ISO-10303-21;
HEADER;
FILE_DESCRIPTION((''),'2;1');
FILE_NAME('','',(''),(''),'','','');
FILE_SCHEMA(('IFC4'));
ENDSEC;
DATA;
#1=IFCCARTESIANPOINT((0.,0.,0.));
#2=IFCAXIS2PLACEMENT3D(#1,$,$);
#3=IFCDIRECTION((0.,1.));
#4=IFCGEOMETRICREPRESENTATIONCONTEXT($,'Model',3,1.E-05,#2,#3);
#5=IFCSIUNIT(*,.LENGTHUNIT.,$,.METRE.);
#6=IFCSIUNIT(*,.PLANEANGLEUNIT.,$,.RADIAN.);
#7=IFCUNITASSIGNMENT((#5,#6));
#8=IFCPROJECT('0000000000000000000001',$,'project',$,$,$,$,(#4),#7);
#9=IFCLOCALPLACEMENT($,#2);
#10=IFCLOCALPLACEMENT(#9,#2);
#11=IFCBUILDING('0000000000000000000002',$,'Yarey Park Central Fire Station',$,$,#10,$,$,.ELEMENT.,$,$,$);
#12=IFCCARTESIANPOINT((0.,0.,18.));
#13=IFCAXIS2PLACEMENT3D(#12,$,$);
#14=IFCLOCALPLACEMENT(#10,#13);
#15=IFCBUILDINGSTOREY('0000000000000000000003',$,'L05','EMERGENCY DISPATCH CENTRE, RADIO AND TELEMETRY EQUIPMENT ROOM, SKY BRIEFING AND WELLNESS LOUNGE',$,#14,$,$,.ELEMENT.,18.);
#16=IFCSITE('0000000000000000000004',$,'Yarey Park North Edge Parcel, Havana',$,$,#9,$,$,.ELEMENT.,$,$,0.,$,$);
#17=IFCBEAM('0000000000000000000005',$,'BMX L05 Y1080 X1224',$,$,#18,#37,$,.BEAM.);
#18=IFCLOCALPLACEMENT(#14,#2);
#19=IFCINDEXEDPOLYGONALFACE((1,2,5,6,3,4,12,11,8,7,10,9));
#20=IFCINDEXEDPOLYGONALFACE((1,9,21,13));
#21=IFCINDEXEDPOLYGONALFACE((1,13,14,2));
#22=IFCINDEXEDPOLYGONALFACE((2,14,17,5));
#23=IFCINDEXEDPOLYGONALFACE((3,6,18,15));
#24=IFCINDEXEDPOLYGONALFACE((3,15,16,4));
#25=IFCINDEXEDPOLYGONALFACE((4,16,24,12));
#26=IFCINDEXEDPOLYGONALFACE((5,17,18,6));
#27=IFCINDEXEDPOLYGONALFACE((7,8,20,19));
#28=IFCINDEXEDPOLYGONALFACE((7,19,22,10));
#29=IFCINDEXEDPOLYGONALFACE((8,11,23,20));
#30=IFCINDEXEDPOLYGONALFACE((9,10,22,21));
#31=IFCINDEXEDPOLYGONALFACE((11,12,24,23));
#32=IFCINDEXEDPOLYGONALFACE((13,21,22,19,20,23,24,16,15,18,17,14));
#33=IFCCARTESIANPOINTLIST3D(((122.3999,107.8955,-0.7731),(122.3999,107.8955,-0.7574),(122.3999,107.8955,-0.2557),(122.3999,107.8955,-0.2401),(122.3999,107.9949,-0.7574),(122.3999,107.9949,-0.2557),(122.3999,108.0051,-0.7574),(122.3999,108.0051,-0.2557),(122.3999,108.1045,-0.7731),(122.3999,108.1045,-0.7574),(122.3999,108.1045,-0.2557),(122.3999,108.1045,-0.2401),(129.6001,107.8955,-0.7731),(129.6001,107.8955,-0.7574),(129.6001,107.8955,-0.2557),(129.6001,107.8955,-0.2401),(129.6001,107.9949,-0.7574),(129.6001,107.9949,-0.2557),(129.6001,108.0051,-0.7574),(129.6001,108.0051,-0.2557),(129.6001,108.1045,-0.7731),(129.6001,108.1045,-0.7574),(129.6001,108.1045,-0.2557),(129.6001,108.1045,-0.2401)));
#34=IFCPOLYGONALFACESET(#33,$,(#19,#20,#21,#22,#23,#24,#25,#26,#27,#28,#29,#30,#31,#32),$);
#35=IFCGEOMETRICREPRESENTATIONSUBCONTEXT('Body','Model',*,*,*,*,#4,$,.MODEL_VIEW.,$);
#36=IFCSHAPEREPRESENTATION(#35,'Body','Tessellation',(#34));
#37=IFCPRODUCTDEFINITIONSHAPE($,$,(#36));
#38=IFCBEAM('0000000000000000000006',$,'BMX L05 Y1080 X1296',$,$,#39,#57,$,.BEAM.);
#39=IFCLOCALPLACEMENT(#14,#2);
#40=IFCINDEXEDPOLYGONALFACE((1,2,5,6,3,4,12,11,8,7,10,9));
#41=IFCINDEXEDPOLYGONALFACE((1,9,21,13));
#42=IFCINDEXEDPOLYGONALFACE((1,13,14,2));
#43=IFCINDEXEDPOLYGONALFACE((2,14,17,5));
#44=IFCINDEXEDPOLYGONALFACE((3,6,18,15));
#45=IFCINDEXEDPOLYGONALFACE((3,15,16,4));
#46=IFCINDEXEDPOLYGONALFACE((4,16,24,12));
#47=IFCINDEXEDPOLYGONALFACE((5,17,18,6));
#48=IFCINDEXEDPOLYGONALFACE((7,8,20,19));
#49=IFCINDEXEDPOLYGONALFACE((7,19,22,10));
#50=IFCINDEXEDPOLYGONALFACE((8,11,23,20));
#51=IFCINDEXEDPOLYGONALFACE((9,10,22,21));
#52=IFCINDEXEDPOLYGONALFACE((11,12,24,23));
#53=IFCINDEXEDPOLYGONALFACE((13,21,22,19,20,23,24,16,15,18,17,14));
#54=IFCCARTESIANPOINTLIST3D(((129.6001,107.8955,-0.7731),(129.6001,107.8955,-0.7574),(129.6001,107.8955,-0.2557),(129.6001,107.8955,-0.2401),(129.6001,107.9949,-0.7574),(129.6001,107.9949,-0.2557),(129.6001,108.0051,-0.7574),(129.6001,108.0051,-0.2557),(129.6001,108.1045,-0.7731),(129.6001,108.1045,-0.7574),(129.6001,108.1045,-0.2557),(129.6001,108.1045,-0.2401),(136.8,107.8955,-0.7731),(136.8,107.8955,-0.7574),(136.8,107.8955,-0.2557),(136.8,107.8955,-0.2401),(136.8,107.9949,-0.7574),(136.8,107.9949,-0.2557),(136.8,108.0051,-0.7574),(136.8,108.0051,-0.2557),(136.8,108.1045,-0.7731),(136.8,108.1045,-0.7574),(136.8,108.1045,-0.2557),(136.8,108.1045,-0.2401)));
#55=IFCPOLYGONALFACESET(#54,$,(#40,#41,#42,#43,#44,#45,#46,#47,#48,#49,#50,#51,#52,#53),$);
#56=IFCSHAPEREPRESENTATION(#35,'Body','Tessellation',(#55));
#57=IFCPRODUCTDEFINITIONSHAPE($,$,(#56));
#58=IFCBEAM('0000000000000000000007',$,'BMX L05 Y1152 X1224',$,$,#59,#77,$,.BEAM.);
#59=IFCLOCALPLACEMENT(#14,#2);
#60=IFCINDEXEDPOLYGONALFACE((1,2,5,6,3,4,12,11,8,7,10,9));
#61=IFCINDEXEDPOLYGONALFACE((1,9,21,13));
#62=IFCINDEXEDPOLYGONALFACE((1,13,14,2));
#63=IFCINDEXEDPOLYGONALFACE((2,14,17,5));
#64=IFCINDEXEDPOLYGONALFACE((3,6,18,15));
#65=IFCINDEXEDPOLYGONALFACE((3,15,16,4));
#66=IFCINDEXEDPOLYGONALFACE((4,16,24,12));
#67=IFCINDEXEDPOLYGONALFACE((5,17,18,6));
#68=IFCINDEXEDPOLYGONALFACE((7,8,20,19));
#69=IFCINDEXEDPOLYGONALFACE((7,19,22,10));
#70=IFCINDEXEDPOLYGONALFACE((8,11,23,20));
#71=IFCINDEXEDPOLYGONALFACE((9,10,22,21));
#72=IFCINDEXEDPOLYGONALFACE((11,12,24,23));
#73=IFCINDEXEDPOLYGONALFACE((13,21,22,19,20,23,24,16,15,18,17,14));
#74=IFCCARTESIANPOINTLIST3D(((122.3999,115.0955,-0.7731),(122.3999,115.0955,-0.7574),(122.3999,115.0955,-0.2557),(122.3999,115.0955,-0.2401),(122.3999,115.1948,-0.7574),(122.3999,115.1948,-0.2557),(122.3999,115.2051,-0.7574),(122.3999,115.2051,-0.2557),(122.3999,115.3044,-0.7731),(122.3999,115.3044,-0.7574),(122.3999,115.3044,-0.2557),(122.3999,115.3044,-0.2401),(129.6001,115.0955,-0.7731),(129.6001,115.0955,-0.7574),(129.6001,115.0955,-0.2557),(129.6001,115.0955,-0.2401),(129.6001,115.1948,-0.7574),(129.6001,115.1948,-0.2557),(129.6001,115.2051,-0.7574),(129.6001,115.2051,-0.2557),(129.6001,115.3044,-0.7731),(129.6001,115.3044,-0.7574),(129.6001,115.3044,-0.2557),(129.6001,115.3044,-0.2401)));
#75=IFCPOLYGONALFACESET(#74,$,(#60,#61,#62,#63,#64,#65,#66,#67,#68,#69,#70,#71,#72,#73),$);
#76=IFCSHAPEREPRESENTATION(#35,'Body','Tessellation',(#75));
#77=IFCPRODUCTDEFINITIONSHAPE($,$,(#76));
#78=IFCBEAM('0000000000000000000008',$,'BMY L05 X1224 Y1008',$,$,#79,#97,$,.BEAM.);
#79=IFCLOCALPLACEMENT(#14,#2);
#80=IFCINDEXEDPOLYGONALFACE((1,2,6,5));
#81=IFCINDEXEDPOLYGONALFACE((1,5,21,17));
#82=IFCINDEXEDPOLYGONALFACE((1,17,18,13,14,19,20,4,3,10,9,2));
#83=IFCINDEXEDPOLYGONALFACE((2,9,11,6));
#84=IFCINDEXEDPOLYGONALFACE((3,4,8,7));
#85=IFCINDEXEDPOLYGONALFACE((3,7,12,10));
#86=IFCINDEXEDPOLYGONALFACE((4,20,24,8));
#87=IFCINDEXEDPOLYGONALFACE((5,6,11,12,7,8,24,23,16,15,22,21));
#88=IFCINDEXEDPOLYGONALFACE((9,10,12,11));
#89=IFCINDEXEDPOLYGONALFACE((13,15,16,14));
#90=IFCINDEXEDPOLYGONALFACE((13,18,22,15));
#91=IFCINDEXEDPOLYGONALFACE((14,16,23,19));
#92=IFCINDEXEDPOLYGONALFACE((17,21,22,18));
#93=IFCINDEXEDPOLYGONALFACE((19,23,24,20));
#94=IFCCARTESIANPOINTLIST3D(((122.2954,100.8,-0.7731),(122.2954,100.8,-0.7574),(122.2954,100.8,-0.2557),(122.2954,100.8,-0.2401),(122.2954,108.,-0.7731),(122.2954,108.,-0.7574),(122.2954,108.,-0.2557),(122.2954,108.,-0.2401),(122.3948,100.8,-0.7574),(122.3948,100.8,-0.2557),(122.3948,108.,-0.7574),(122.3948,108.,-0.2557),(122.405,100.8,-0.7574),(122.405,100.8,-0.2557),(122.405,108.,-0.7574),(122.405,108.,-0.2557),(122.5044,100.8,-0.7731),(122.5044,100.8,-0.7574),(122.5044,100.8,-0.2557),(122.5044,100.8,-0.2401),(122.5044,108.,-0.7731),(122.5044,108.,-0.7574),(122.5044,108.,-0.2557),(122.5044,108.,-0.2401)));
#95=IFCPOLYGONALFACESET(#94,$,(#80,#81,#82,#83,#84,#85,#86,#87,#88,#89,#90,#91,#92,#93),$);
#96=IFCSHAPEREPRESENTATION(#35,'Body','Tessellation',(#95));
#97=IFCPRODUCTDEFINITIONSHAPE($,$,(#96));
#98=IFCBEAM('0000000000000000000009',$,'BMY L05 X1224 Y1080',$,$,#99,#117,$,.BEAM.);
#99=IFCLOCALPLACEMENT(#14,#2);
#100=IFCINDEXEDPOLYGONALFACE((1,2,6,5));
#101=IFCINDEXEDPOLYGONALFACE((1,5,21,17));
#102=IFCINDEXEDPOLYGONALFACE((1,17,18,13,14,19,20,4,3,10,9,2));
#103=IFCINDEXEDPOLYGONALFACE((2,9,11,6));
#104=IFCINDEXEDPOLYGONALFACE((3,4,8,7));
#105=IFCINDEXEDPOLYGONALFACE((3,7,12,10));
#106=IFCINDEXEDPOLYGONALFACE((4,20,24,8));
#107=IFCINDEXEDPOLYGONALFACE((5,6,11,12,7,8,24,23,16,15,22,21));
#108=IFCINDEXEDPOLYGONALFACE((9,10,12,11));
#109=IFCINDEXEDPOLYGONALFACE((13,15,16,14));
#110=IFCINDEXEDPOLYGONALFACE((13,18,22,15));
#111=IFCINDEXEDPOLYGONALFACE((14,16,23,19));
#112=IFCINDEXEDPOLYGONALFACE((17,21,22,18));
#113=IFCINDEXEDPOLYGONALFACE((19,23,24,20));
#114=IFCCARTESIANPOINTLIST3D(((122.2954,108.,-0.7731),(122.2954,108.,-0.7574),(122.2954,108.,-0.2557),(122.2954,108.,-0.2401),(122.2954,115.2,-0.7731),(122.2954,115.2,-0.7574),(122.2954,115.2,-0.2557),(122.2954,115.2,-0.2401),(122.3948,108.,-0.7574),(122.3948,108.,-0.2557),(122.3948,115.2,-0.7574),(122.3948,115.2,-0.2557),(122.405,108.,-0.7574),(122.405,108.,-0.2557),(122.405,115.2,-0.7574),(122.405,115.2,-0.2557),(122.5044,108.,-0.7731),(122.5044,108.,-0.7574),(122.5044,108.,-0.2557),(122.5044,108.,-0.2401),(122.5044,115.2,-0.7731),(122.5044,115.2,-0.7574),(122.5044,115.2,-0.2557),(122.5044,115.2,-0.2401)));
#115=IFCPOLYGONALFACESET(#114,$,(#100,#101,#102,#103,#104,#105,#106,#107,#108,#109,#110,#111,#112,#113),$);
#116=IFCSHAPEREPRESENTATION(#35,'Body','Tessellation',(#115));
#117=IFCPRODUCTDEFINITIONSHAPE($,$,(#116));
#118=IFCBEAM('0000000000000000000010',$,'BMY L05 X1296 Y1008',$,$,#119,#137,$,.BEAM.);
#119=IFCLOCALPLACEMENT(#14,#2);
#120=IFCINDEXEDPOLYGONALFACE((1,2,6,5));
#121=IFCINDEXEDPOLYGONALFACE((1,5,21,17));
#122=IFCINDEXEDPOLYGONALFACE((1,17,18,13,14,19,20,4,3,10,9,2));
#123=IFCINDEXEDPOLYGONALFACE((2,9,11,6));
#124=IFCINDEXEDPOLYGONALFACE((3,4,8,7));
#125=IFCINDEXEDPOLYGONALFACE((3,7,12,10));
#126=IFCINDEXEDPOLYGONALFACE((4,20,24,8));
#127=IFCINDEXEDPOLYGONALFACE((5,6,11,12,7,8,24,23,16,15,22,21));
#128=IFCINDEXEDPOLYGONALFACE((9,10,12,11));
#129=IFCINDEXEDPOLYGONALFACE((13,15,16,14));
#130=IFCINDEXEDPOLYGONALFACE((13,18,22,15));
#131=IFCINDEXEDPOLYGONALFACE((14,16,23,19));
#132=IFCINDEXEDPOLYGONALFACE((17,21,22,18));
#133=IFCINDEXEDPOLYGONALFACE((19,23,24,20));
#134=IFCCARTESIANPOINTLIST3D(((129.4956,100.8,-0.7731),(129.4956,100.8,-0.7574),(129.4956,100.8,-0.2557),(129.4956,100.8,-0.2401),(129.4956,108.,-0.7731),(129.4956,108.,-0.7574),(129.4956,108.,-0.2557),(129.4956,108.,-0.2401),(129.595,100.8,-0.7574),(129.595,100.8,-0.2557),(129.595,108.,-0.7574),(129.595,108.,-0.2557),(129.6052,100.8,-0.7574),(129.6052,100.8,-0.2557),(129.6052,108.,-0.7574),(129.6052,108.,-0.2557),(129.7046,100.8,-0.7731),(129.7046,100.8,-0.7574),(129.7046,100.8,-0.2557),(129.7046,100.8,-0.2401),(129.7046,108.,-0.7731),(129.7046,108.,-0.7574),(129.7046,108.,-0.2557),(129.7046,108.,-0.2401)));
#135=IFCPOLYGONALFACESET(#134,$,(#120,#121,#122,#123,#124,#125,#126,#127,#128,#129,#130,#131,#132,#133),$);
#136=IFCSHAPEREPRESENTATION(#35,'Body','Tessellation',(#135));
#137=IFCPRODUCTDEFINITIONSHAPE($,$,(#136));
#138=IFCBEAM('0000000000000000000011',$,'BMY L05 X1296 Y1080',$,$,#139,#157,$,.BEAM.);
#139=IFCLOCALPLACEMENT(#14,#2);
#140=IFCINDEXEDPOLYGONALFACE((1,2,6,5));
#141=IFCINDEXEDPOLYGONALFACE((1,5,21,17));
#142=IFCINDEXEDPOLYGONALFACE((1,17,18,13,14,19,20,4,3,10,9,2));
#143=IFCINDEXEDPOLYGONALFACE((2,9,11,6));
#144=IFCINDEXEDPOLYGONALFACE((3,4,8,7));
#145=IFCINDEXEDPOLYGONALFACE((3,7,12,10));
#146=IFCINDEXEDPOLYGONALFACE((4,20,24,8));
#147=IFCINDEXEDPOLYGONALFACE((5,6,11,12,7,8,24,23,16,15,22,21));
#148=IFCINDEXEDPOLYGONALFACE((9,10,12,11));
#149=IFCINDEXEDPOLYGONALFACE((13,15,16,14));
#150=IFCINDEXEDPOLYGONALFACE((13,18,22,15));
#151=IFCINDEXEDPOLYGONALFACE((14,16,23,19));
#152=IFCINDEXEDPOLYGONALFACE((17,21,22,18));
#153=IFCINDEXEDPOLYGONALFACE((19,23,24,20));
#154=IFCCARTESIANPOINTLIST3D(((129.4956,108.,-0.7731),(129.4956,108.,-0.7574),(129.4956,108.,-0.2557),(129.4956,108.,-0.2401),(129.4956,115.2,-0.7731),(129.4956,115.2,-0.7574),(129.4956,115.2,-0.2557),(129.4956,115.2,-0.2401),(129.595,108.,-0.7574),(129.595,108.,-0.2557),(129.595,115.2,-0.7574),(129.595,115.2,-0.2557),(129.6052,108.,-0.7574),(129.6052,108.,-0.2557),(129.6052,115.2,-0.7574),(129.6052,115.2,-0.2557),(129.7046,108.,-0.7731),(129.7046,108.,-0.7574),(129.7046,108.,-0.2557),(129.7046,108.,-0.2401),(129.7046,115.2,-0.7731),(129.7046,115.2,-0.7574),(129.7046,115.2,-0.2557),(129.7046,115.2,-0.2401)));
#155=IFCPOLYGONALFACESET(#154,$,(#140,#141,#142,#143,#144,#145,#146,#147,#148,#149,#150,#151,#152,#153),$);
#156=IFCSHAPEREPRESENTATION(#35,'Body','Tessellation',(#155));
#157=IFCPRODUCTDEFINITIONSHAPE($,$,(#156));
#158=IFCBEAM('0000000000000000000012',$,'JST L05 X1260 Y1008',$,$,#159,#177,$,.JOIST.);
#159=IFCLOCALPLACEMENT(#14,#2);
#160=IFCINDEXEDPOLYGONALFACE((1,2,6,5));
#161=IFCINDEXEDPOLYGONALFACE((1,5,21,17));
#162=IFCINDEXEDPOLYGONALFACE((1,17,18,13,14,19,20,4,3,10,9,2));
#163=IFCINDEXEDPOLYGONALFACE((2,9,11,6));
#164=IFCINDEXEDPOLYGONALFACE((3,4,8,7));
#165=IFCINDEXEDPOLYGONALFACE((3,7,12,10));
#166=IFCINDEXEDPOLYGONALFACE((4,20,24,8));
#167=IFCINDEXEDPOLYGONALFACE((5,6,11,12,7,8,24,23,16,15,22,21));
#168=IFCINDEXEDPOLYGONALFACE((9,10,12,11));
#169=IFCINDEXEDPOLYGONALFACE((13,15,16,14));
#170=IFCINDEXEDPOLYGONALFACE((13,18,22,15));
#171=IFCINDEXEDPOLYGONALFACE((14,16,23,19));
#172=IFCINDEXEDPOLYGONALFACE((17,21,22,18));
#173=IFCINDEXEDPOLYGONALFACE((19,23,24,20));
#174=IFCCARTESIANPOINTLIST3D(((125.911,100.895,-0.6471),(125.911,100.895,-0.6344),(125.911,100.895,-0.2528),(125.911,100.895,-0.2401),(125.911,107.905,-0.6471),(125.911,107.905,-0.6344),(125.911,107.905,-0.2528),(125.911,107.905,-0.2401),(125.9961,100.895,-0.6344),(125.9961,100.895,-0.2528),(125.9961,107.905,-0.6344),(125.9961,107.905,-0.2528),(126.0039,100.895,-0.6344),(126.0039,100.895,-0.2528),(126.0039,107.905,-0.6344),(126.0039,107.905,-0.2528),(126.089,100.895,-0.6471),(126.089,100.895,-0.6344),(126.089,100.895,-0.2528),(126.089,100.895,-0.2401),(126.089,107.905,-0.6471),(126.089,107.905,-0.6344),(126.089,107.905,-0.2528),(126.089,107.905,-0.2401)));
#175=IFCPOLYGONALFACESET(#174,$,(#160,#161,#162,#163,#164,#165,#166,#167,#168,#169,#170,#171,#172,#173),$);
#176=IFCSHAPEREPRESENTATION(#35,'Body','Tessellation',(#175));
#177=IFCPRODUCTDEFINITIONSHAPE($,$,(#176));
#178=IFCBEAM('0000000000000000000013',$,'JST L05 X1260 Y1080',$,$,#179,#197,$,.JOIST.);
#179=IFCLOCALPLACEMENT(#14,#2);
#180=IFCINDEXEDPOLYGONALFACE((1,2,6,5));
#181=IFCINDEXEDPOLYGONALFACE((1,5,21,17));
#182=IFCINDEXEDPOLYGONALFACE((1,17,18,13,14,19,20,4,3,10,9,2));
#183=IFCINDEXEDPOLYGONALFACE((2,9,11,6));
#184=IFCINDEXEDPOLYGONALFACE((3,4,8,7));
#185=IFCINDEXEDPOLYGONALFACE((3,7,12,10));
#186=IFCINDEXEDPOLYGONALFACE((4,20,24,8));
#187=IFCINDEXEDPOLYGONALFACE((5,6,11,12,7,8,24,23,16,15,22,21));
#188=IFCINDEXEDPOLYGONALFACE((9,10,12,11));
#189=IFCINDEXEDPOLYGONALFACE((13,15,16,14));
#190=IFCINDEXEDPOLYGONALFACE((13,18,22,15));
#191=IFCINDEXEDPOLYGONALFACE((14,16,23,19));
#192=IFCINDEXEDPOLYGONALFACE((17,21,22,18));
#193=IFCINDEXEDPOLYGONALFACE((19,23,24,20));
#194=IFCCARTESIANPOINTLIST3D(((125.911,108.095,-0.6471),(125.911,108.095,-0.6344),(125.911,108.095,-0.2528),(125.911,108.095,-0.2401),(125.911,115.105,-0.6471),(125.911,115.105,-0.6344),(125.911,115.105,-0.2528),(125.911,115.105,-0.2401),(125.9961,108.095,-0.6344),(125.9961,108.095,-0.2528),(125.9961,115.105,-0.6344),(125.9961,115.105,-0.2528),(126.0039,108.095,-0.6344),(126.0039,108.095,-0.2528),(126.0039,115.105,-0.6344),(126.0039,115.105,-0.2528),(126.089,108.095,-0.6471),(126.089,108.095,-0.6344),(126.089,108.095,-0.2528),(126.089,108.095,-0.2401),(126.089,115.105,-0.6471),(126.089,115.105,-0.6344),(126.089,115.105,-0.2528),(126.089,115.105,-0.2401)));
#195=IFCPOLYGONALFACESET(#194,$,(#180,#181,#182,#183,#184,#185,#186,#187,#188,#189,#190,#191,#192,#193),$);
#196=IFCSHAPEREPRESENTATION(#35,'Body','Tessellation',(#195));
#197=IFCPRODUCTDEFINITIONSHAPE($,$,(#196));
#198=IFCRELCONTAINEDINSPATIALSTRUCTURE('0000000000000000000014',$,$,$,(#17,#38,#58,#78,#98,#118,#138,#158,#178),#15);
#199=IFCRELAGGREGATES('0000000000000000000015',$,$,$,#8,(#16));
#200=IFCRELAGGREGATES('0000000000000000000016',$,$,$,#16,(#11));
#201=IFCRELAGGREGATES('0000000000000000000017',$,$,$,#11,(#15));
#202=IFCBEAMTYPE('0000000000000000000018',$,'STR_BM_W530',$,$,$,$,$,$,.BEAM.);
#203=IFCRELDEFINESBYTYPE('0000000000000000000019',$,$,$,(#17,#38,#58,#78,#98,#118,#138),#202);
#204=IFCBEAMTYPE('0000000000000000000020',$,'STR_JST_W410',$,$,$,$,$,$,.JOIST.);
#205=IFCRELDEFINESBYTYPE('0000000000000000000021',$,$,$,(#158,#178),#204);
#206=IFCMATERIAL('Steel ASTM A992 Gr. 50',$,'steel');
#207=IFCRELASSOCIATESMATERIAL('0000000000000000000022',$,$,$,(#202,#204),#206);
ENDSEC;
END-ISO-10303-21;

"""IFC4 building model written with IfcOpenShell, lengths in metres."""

from ifc_helpers import new_model, si_unit, direction, frame, origin, origin_2d, place, context, subcontext, project, spatial, i_section, extrude, material, material_profile, profile_set, type_object, element, save


model = new_model("IFC4")

# Units and contexts
model_context = context("Model", 3, precision=1e-05, world=origin(), true_north=direction((0.0, 1.0)))
body_context = subcontext(model_context, "Body", "Model", "MODEL_VIEW")
ifc_project = project(units=[si_unit("LENGTHUNIT", "METRE"), si_unit("PLANEANGLEUNIT", "RADIAN")], contexts=[model_context])

# Site, building, storey
site_placement = place(None, origin())
site = spatial("IfcSite", under=ifc_project, at=site_placement, Name="Yarey Park North Edge Parcel, Havana", CompositionType="ELEMENT", RefElevation=0.0)
building_placement = place(site_placement, origin())
building = spatial("IfcBuilding", under=site, at=building_placement, Name="Yarey Park Central Fire Station", CompositionType="ELEMENT")
storey_placement = place(building_placement, frame((0.0, 0.0, 18.0)))
storey = spatial("IfcBuildingStorey", under=building, at=storey_placement, Name="L05", Description="EMERGENCY DISPATCH CENTRE, RADIO AND TELEMETRY EQUIPMENT ROOM, SKY BRIEFING AND WELLNESS LOUNGE", CompositionType="ELEMENT", Elevation=18.0)

# Beams
ifc_material_1 = material(Name="Steel ASTM A992 Gr. 50", Category="steel")
ifc_material_profile_1 = material_profile(ifc_material_1, i_section(OverallWidth=0.209, OverallDepth=0.533, WebThickness=0.0103, FlangeThickness=0.0156, at=origin_2d()), Name="W530x92")
ifc_profile_set_1 = profile_set([ifc_material_profile_1], Name="Steel ASTM A992 Gr. 50")
beam_type_1 = type_object("IfcBeamType", Name="STR_BM_W530", PredefinedType="BEAM", material=ifc_profile_set_1)
beam_1_placement = place(storey_placement, frame((122.3999, 108.0, -0.5066), z_axis=(1.0, 0.0, 0.0), x_axis=(0.0, 1.0, 0.0)))
element("IfcBeam", 1, at=beam_1_placement, inside=storey, type_object=beam_type_1, Name="BMX L05 Y1080 X1224", PredefinedType="BEAM", context=body_context, shape_type="SweptSolid", body=[
    extrude(i_section(OverallWidth=0.209, OverallDepth=0.533, WebThickness=0.0103, FlangeThickness=0.0156, at=origin_2d()), origin(), (0.0, 0.0, 1.0), 7.2002),
])
beam_2_placement = place(storey_placement, frame((129.6001, 108.0, -0.5066), z_axis=(1.0, 0.0, 0.0), x_axis=(0.0, 1.0, 0.0)))
element("IfcBeam", 2, at=beam_2_placement, inside=storey, type_object=beam_type_1, Name="BMX L05 Y1080 X1296", PredefinedType="BEAM", context=body_context, shape_type="SweptSolid", body=[
    extrude(i_section(OverallWidth=0.209, OverallDepth=0.533, WebThickness=0.0103, FlangeThickness=0.0156, at=origin_2d()), origin(), (0.0, 0.0, 1.0), 7.2),
])
beam_3_placement = place(storey_placement, frame((122.3999, 115.2, -0.5066), z_axis=(1.0, 0.0, 0.0), x_axis=(0.0, 1.0, 0.0)))
element("IfcBeam", 3, at=beam_3_placement, inside=storey, type_object=beam_type_1, Name="BMX L05 Y1152 X1224", PredefinedType="BEAM", context=body_context, shape_type="SweptSolid", body=[
    extrude(i_section(OverallWidth=0.209, OverallDepth=0.533, WebThickness=0.0103, FlangeThickness=0.0156, at=origin_2d()), origin(), (0.0, 0.0, 1.0), 7.2002),
])
for number, where, z_axis, x_axis, name in (
    (4, (122.3999, 100.8, -0.5066), (0.0, 1.0, 0.0), (-1.0, 0.0, 0.0), "BMY L05 X1224 Y1008"),
    (5, (122.3999, 108.0, -0.5066), (0.0, 1.0, 0.0), (-1.0, 0.0, 0.0), "BMY L05 X1224 Y1080"),
    (6, (129.6001, 100.8, -0.5066), (0.0, 1.0, 0.0), (-1.0, 0.0, 0.0), "BMY L05 X1296 Y1008"),
    (7, (129.6001, 108.0, -0.5066), (0.0, 1.0, 0.0), (-1.0, 0.0, 0.0), "BMY L05 X1296 Y1080"),
):
    element("IfcBeam", number, at=place(storey_placement, frame(where, z_axis=z_axis, x_axis=x_axis)), inside=storey, type_object=beam_type_1, Name=name, PredefinedType="BEAM", context=body_context, shape_type="SweptSolid", body=[
        extrude(i_section(OverallWidth=0.209, OverallDepth=0.533, WebThickness=0.0103, FlangeThickness=0.0156, at=origin_2d()), origin(), (0.0, 0.0, 1.0), 7.2),
    ])
ifc_material_profile_2 = material_profile(ifc_material_1, i_section(OverallWidth=0.178, OverallDepth=0.407, WebThickness=0.0078, FlangeThickness=0.0127, at=origin_2d()), Name="W410x60")
ifc_profile_set_2 = profile_set([ifc_material_profile_2], Name="Steel ASTM A992 Gr. 50")
beam_type_2 = type_object("IfcBeamType", Name="STR_JST_W410", PredefinedType="JOIST", material=ifc_profile_set_2)
for number, where, z_axis, x_axis, name in (
    (8, (126.0, 100.895, -0.4436), (0.0, 1.0, 0.0), (-1.0, 0.0, 0.0), "JST L05 X1260 Y1008"),
    (9, (126.0, 108.095, -0.4436), (0.0, 1.0, 0.0), (-1.0, 0.0, 0.0), "JST L05 X1260 Y1080"),
):
    element("IfcBeam", number, at=place(storey_placement, frame(where, z_axis=z_axis, x_axis=x_axis)), inside=storey, type_object=beam_type_2, Name=name, PredefinedType="JOIST", context=body_context, shape_type="SweptSolid", body=[
        extrude(i_section(OverallWidth=0.178, OverallDepth=0.407, WebThickness=0.0078, FlangeThickness=0.0127, at=origin_2d()), origin(), (0.0, 0.0, 1.0), 7.01),
    ])

save(model, "model.ifc")
